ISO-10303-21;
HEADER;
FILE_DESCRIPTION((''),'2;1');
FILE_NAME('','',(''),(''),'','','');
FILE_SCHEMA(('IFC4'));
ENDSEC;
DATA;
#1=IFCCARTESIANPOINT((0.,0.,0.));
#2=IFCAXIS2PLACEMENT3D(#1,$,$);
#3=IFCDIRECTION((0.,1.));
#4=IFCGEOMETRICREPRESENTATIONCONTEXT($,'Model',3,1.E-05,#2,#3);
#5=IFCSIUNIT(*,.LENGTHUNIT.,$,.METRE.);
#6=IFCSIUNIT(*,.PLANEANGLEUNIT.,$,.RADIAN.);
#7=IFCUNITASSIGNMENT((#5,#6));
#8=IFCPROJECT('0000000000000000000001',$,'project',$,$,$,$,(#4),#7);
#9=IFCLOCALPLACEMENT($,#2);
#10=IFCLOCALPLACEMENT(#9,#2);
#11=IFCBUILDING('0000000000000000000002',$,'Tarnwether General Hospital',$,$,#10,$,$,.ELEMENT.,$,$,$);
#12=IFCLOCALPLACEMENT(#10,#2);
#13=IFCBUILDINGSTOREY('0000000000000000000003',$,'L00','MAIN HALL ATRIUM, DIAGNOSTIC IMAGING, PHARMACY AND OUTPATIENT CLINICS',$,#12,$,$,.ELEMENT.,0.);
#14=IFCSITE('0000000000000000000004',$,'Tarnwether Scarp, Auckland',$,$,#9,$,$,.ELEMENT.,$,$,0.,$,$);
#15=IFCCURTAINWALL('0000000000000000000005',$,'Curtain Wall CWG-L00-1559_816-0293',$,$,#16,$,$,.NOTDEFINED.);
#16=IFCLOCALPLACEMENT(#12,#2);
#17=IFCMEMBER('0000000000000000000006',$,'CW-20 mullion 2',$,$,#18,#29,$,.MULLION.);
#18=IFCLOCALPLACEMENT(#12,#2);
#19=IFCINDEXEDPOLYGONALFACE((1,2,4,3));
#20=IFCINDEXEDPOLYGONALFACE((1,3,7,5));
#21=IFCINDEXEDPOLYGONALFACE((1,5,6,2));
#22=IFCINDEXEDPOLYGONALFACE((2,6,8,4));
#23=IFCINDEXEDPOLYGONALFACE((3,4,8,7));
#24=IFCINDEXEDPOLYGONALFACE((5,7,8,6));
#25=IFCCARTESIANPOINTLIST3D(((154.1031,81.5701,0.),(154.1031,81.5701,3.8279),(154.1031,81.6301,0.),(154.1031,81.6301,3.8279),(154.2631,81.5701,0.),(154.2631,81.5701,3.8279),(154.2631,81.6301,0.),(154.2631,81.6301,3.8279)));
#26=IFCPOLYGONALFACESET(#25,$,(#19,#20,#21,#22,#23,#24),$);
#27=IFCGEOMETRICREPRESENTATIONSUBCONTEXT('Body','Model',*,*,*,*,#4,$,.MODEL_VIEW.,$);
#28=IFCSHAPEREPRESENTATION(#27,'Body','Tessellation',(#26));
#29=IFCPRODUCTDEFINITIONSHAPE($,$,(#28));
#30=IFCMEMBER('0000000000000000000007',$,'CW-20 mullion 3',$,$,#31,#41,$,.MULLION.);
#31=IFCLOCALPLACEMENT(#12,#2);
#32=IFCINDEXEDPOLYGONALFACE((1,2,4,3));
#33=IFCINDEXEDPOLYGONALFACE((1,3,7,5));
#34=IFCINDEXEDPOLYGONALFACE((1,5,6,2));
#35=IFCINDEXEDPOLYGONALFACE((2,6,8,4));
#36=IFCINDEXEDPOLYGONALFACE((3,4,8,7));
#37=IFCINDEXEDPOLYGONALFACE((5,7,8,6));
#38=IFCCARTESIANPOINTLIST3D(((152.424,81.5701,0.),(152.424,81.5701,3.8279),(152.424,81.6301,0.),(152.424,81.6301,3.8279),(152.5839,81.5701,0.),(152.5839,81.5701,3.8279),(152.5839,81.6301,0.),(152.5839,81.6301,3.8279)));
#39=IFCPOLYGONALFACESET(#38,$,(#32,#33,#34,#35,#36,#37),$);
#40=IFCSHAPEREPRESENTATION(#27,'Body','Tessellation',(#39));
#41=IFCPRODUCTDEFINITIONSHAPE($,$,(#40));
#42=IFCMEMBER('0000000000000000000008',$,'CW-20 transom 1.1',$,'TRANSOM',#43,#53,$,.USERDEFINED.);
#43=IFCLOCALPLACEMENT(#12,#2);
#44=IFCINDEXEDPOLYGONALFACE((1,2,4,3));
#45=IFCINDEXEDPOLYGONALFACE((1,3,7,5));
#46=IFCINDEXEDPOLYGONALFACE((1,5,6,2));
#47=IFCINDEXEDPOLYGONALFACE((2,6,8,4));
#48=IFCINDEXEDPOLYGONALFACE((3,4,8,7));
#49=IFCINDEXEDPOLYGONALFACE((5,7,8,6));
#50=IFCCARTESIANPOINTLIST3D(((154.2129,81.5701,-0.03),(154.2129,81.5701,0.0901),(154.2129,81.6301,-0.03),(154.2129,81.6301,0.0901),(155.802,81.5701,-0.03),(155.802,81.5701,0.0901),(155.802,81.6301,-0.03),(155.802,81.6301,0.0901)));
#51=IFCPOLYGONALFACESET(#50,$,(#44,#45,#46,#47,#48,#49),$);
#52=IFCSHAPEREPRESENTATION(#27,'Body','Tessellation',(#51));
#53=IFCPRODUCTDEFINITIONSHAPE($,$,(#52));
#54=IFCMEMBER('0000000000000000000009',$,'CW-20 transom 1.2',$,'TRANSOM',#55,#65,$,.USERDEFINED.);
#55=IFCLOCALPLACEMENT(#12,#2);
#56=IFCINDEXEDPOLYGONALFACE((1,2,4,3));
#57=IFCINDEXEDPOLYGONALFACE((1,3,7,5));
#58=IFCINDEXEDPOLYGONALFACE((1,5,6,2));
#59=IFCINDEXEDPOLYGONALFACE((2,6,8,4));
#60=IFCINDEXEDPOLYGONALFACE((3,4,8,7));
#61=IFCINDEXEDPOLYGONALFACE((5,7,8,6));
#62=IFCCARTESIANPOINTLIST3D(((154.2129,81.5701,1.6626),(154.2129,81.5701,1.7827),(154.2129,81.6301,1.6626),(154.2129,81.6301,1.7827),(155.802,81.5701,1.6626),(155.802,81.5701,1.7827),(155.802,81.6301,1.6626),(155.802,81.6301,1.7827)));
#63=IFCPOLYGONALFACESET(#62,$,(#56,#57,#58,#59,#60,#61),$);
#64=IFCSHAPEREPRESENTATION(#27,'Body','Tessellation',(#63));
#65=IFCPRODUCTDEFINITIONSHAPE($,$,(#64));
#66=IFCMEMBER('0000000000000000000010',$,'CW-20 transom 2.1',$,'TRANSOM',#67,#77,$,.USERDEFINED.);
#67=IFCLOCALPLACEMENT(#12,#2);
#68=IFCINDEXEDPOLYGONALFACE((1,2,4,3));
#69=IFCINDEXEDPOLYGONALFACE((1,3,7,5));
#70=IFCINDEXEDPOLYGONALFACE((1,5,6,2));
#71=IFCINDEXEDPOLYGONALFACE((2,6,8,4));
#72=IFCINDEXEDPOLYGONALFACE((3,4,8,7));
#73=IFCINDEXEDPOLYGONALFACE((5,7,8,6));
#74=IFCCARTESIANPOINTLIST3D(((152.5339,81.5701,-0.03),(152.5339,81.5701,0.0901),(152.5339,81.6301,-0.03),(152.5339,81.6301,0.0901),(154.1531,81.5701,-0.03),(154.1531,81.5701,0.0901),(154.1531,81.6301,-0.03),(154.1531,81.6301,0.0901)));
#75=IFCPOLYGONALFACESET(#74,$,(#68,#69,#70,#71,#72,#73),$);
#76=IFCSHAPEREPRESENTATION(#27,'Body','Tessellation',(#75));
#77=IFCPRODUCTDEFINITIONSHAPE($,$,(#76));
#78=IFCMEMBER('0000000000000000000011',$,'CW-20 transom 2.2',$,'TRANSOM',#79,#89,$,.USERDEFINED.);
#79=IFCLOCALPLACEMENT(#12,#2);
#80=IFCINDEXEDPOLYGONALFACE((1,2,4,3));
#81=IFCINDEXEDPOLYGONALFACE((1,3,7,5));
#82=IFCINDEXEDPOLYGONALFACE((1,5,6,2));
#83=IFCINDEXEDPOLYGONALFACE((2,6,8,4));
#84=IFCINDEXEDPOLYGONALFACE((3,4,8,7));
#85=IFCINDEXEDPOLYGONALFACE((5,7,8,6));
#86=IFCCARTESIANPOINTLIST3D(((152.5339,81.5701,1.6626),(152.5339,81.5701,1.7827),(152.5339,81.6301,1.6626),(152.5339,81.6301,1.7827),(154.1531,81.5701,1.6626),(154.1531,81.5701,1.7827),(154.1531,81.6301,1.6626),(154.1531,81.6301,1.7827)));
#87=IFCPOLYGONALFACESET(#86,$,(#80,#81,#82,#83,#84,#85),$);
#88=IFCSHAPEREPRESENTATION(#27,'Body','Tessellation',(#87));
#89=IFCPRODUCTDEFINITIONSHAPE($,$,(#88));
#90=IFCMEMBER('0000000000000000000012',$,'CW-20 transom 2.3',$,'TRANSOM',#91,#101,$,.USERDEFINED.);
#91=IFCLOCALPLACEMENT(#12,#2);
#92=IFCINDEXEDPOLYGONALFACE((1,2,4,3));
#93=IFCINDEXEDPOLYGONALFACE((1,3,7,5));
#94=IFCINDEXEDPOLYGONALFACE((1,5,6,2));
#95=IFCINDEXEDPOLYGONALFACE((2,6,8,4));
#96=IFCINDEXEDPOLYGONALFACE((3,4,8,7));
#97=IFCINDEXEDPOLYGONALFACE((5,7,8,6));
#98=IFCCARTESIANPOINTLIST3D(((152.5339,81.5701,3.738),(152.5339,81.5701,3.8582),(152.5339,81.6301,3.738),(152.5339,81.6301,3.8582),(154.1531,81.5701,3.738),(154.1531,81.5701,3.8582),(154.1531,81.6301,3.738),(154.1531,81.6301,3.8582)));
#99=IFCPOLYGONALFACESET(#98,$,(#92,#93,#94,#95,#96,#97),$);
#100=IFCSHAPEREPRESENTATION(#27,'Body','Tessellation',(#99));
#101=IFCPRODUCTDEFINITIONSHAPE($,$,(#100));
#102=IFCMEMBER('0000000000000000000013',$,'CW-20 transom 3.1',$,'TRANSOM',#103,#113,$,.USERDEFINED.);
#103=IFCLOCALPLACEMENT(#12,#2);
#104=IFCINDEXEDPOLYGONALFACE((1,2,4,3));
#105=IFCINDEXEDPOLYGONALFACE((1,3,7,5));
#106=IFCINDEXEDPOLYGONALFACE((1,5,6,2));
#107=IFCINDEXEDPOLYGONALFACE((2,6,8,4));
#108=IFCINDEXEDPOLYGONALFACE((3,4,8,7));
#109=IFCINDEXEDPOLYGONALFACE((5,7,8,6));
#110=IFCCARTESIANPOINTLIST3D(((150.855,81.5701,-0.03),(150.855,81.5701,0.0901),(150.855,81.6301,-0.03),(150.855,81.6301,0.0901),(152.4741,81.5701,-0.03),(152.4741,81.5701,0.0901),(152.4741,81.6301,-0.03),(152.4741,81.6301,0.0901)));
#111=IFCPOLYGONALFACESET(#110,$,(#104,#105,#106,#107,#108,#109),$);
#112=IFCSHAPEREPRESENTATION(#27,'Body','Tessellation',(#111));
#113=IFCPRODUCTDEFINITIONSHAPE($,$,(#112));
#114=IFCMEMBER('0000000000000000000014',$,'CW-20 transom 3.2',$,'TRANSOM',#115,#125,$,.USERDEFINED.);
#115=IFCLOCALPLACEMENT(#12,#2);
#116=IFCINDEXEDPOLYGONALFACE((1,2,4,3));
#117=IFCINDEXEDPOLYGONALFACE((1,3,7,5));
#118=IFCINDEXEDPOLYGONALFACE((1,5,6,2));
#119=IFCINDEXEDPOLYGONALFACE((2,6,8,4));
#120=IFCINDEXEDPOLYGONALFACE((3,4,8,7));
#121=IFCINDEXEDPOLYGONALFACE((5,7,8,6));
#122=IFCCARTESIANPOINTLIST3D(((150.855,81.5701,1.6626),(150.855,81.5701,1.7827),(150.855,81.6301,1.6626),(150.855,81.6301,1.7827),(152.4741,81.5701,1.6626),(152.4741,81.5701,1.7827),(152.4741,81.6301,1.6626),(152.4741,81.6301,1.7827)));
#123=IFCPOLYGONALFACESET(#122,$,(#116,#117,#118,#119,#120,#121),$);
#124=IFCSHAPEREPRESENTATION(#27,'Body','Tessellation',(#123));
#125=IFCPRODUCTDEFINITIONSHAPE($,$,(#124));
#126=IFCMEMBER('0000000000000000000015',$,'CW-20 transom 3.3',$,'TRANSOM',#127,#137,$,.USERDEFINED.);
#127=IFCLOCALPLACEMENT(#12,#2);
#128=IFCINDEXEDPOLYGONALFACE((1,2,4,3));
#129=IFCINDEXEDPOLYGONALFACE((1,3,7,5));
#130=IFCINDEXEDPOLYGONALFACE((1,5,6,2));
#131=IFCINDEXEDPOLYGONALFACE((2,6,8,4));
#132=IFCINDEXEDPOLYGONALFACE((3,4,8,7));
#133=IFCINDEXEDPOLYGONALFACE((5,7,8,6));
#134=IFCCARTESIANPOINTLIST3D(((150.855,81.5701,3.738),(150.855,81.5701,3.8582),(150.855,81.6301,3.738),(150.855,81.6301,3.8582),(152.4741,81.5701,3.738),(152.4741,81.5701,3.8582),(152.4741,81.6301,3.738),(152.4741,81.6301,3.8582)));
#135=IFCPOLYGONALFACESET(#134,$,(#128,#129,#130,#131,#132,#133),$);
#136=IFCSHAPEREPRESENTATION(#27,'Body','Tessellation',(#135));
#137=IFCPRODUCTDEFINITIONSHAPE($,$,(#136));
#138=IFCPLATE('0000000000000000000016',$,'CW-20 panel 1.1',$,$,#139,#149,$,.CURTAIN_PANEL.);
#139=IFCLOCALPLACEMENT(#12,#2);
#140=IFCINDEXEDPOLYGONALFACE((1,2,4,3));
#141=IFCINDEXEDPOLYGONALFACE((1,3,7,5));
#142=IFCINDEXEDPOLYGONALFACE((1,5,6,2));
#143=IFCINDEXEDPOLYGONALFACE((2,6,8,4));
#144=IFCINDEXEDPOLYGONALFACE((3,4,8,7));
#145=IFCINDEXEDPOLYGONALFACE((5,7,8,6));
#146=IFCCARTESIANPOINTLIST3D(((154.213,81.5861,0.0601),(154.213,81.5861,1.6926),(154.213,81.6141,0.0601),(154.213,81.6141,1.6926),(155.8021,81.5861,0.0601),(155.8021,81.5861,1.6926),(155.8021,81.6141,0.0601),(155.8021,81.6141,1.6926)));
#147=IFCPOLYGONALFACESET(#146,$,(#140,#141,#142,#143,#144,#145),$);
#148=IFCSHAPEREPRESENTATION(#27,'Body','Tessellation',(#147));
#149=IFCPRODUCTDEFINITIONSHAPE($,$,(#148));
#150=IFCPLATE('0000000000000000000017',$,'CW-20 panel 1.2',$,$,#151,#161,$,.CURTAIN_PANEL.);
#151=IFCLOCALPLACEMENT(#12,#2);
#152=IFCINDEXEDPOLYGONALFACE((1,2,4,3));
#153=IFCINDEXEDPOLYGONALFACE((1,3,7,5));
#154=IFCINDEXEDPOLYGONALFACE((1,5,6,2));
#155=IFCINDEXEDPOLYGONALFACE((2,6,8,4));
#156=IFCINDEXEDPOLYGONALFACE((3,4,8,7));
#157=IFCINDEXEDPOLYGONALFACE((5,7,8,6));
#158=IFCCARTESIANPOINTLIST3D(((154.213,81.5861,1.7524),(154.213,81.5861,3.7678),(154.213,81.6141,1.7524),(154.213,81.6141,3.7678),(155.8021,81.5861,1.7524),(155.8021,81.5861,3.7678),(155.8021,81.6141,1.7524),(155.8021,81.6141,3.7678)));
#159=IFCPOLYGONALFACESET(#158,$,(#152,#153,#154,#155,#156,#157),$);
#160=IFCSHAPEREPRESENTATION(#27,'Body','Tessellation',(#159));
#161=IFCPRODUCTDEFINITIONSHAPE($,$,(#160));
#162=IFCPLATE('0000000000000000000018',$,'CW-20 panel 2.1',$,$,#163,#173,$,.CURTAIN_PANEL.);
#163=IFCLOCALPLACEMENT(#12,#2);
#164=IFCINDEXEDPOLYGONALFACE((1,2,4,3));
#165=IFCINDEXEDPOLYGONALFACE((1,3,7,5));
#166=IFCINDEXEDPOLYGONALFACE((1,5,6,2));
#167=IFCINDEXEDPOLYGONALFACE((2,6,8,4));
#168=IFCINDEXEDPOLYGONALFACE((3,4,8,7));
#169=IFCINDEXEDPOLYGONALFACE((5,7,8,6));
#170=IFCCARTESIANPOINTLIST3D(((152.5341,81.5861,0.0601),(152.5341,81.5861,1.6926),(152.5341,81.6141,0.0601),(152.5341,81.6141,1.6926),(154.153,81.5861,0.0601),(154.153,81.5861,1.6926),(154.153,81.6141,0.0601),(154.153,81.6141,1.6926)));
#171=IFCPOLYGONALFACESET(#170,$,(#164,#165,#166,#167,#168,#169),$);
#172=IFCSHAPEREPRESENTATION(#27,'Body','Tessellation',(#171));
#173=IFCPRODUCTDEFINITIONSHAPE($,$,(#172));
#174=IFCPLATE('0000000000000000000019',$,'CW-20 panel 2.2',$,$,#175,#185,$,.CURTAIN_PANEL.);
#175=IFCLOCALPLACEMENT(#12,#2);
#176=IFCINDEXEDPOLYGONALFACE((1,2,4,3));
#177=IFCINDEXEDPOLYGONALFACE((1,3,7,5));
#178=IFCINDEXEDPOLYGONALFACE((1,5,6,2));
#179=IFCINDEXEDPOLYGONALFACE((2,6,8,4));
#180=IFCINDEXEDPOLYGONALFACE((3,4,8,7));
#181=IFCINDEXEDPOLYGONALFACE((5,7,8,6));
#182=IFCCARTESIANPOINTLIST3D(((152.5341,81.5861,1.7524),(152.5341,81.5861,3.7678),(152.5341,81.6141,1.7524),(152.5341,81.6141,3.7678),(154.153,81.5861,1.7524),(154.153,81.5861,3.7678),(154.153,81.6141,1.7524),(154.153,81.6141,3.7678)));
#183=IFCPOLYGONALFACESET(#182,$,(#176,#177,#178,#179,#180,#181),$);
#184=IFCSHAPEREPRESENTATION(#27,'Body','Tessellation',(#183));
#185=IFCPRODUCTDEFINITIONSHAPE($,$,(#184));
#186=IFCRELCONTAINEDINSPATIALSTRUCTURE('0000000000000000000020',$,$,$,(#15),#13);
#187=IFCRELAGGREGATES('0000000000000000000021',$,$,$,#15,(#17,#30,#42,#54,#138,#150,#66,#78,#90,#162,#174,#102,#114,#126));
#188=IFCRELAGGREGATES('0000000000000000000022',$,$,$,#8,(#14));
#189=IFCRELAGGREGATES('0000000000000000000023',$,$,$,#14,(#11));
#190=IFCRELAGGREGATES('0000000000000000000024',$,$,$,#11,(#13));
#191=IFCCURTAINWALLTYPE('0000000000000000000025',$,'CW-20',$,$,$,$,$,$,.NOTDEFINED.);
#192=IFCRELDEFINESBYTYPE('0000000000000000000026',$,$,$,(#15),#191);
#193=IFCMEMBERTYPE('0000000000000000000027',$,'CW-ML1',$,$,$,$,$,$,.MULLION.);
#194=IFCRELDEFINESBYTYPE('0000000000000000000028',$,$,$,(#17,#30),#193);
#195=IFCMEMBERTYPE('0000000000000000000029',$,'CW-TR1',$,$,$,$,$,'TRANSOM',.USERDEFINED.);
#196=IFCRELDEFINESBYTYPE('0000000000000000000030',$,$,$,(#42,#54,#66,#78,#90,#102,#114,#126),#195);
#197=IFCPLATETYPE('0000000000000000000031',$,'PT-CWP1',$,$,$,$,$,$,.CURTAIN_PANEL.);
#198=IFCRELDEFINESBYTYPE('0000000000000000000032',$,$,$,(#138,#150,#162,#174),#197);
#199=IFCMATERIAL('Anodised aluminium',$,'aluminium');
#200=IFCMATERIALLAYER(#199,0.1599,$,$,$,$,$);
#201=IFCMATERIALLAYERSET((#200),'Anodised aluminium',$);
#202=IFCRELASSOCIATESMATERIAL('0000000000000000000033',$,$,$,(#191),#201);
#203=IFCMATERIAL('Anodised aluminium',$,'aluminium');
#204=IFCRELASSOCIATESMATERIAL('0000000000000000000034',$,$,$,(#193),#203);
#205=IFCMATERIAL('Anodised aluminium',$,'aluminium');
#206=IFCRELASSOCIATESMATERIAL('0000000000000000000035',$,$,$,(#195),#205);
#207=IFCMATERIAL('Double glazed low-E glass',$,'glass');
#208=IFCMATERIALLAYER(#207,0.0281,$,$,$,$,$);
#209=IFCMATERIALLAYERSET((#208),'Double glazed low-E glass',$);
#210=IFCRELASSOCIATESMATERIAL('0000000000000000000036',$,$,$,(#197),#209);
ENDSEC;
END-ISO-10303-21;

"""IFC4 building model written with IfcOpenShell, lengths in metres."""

from ifc_helpers import new_model, si_unit, direction, frame, origin, origin_2d, place, context, subcontext, project, spatial, rectangle, extrude, material, layer, layer_set, material_profile, profile_set, type_object, element, aggregate, save


model = new_model("IFC4")

# Units and contexts
model_context = context("Model", 3, precision=1e-05, world=origin(), true_north=direction((0.0, 1.0)))
body_context = subcontext(model_context, "Body", "Model", "MODEL_VIEW")
ifc_project = project(units=[si_unit("LENGTHUNIT", "METRE"), si_unit("PLANEANGLEUNIT", "RADIAN")], contexts=[model_context])

# Site, building, storey
site_placement = place(None, origin())
site = spatial("IfcSite", under=ifc_project, at=site_placement, Name="Tarnwether Scarp, Auckland", CompositionType="ELEMENT", RefElevation=0.0)
building_placement = place(site_placement, origin())
building = spatial("IfcBuilding", under=site, at=building_placement, Name="Tarnwether General Hospital", CompositionType="ELEMENT")
storey_placement = place(building_placement, origin())
storey = spatial("IfcBuildingStorey", under=building, at=storey_placement, Name="L00", Description="MAIN HALL ATRIUM, DIAGNOSTIC IMAGING, PHARMACY AND OUTPATIENT CLINICS", CompositionType="ELEMENT", Elevation=0.0)

# Curtain wall, members, plates
ifc_material_1 = material(Name="Anodised aluminium", Category="aluminium")
ifc_layer_1 = layer(ifc_material_1, 0.1599)
ifc_layer_set_1 = layer_set([ifc_layer_1], Name="Anodised aluminium")
curtain_wall_type = type_object("IfcCurtainWallType", Name="CW-20", PredefinedType="NOTDEFINED", material=ifc_layer_set_1)
curtain_wall_placement = place(storey_placement, origin())
curtain_wall = element("IfcCurtainWall", 1, at=curtain_wall_placement, inside=storey, type_object=curtain_wall_type, Name="Curtain Wall CWG-L00-1559_816-0293", PredefinedType="NOTDEFINED")
ifc_material_2 = material(Name="Anodised aluminium", Category="aluminium")
ifc_material_profile_1 = material_profile(ifc_material_2, rectangle(XDim=0.0601, YDim=0.1599, at=origin_2d()), Name="ALU-MUL-60x160")
ifc_profile_set_1 = profile_set([ifc_material_profile_1], Name="Anodised aluminium")
member_type_1 = type_object("IfcMemberType", Name="CW-ML1", PredefinedType="MULLION", material=ifc_profile_set_1)
member_1_placement = place(storey_placement, frame((154.1831, 81.6001, 0.0), z_axis=(0.0, 0.0, 1.0), x_axis=(0.0, -1.0, 0.0)))
member_1 = element("IfcMember", 2, at=member_1_placement, type_object=member_type_1, Name="CW-20 mullion 2", PredefinedType="MULLION", context=body_context, shape_type="SweptSolid", body=[
    extrude(rectangle(XDim=0.0601, YDim=0.1599, at=origin_2d()), origin(), (0.0, 0.0, 1.0), 3.8279),
])
member_2_placement = place(storey_placement, frame((152.5039, 81.6001, 0.0), z_axis=(0.0, 0.0, 1.0), x_axis=(0.0, -1.0, 0.0)))
member_2 = element("IfcMember", 3, at=member_2_placement, type_object=member_type_1, Name="CW-20 mullion 3", PredefinedType="MULLION", context=body_context, shape_type="SweptSolid", body=[
    extrude(rectangle(XDim=0.0601, YDim=0.1599, at=origin_2d()), origin(), (0.0, 0.0, 1.0), 3.8279),
])
ifc_material_3 = material(Name="Anodised aluminium", Category="aluminium")
ifc_material_profile_2 = material_profile(ifc_material_3, rectangle(XDim=0.0601, YDim=0.1201, at=origin_2d()), Name="ALU-TRN-60x120")
ifc_profile_set_2 = profile_set([ifc_material_profile_2], Name="Anodised aluminium")
member_type_2 = type_object("IfcMemberType", Name="CW-TR1", ElementType="TRANSOM", PredefinedType="USERDEFINED", material=ifc_profile_set_2)
member_3_placement = place(storey_placement, frame((155.802, 81.6001, 0.03), z_axis=(-1.0, 0.0, 0.0), x_axis=(0.0, -1.0, 0.0)))
member_3 = element("IfcMember", 4, at=member_3_placement, type_object=member_type_2, Name="CW-20 transom 1.1", ObjectType="TRANSOM", PredefinedType="USERDEFINED", context=body_context, shape_type="SweptSolid", body=[
    extrude(rectangle(XDim=0.0601, YDim=0.1201, at=origin_2d()), origin(), (0.0, 0.0, 1.0), 1.5891),
])
member_4_placement = place(storey_placement, frame((155.802, 81.6001, 1.7227), z_axis=(-1.0, 0.0, 0.0), x_axis=(0.0, -1.0, 0.0)))
member_4 = element("IfcMember", 5, at=member_4_placement, type_object=member_type_2, Name="CW-20 transom 1.2", ObjectType="TRANSOM", PredefinedType="USERDEFINED", context=body_context, shape_type="SweptSolid", body=[
    extrude(rectangle(XDim=0.0601, YDim=0.1201, at=origin_2d()), origin(), (0.0, 0.0, 1.0), 1.5891),
])
member_5_placement = place(storey_placement, frame((154.1531, 81.6001, 0.03), z_axis=(-1.0, 0.0, 0.0), x_axis=(0.0, -1.0, 0.0)))
member_5 = element("IfcMember", 6, at=member_5_placement, type_object=member_type_2, Name="CW-20 transom 2.1", ObjectType="TRANSOM", PredefinedType="USERDEFINED", context=body_context, shape_type="SweptSolid", body=[
    extrude(rectangle(XDim=0.0601, YDim=0.1201, at=origin_2d()), origin(), (0.0, 0.0, 1.0), 1.6191),
])
member_6_placement = place(storey_placement, frame((154.1531, 81.6001, 1.7227), z_axis=(-1.0, 0.0, 0.0), x_axis=(0.0, -1.0, 0.0)))
member_6 = element("IfcMember", 7, at=member_6_placement, type_object=member_type_2, Name="CW-20 transom 2.2", ObjectType="TRANSOM", PredefinedType="USERDEFINED", context=body_context, shape_type="SweptSolid", body=[
    extrude(rectangle(XDim=0.0601, YDim=0.1201, at=origin_2d()), origin(), (0.0, 0.0, 1.0), 1.6191),
])
member_7_placement = place(storey_placement, frame((154.1531, 81.6001, 3.7981), z_axis=(-1.0, 0.0, 0.0), x_axis=(0.0, -1.0, 0.0)))
member_7 = element("IfcMember", 8, at=member_7_placement, type_object=member_type_2, Name="CW-20 transom 2.3", ObjectType="TRANSOM", PredefinedType="USERDEFINED", context=body_context, shape_type="SweptSolid", body=[
    extrude(rectangle(XDim=0.0601, YDim=0.1201, at=origin_2d()), origin(), (0.0, 0.0, 1.0), 1.6191),
])
member_8_placement = place(storey_placement, frame((152.4741, 81.6001, 0.03), z_axis=(-1.0, 0.0, 0.0), x_axis=(0.0, -1.0, 0.0)))
member_8 = element("IfcMember", 9, at=member_8_placement, type_object=member_type_2, Name="CW-20 transom 3.1", ObjectType="TRANSOM", PredefinedType="USERDEFINED", context=body_context, shape_type="SweptSolid", body=[
    extrude(rectangle(XDim=0.0601, YDim=0.1201, at=origin_2d()), origin(), (0.0, 0.0, 1.0), 1.6191),
])
member_9_placement = place(storey_placement, frame((152.4741, 81.6001, 1.7227), z_axis=(-1.0, 0.0, 0.0), x_axis=(0.0, -1.0, 0.0)))
member_9 = element("IfcMember", 10, at=member_9_placement, type_object=member_type_2, Name="CW-20 transom 3.2", ObjectType="TRANSOM", PredefinedType="USERDEFINED", context=body_context, shape_type="SweptSolid", body=[
    extrude(rectangle(XDim=0.0601, YDim=0.1201, at=origin_2d()), origin(), (0.0, 0.0, 1.0), 1.6191),
])
member_10_placement = place(storey_placement, frame((152.4741, 81.6001, 3.7981), z_axis=(-1.0, 0.0, 0.0), x_axis=(0.0, -1.0, 0.0)))
member_10 = element("IfcMember", 11, at=member_10_placement, type_object=member_type_2, Name="CW-20 transom 3.3", ObjectType="TRANSOM", PredefinedType="USERDEFINED", context=body_context, shape_type="SweptSolid", body=[
    extrude(rectangle(XDim=0.0601, YDim=0.1201, at=origin_2d()), origin(), (0.0, 0.0, 1.0), 1.6191),
])
ifc_material_4 = material(Name="Double glazed low-E glass", Category="glass")
ifc_layer_2 = layer(ifc_material_4, 0.0281)
ifc_layer_set_2 = layer_set([ifc_layer_2], Name="Double glazed low-E glass")
plate_type = type_object("IfcPlateType", Name="PT-CWP1", PredefinedType="CURTAIN_PANEL", material=ifc_layer_set_2)
plate_1_placement = place(storey_placement, frame((155.0076, 81.6001, 0.0601), z_axis=(0.0, 0.0, 1.0), x_axis=(-1.0, 0.0, 0.0)))
plate_1 = element("IfcPlate", 12, at=plate_1_placement, type_object=plate_type, Name="CW-20 panel 1.1", PredefinedType="CURTAIN_PANEL", context=body_context, shape_type="SweptSolid", body=[
    extrude(rectangle(XDim=1.5891, YDim=0.0281, at=origin_2d()), origin(), (0.0, 0.0, 1.0), 1.6326),
])
plate_2_placement = place(storey_placement, frame((155.0076, 81.6001, 1.7524), z_axis=(0.0, 0.0, 1.0), x_axis=(-1.0, 0.0, 0.0)))
plate_2 = element("IfcPlate", 13, at=plate_2_placement, type_object=plate_type, Name="CW-20 panel 1.2", PredefinedType="CURTAIN_PANEL", context=body_context, shape_type="SweptSolid", body=[
    extrude(rectangle(XDim=1.5891, YDim=0.0281, at=origin_2d()), origin(), (0.0, 0.0, 1.0), 2.0154),
])
plate_3_placement = place(storey_placement, frame((153.3435, 81.6001, 0.0601), z_axis=(0.0, 0.0, 1.0), x_axis=(-1.0, 0.0, 0.0)))
plate_3 = element("IfcPlate", 14, at=plate_3_placement, type_object=plate_type, Name="CW-20 panel 2.1", PredefinedType="CURTAIN_PANEL", context=body_context, shape_type="SweptSolid", body=[
    extrude(rectangle(XDim=1.6189, YDim=0.0281, at=origin_2d()), origin(), (0.0, 0.0, 1.0), 1.6326),
])
plate_4_placement = place(storey_placement, frame((153.3435, 81.6001, 1.7524), z_axis=(0.0, 0.0, 1.0), x_axis=(-1.0, 0.0, 0.0)))
plate_4 = element("IfcPlate", 15, at=plate_4_placement, type_object=plate_type, Name="CW-20 panel 2.2", PredefinedType="CURTAIN_PANEL", context=body_context, shape_type="SweptSolid", body=[
    extrude(rectangle(XDim=1.6189, YDim=0.0281, at=origin_2d()), origin(), (0.0, 0.0, 1.0), 2.0154),
])
aggregate(curtain_wall, [member_1, member_2, member_3, member_4, plate_1, plate_2, member_5, member_6, member_7, plate_3, plate_4, member_8, member_9, member_10])

save(model, "model.ifc")
